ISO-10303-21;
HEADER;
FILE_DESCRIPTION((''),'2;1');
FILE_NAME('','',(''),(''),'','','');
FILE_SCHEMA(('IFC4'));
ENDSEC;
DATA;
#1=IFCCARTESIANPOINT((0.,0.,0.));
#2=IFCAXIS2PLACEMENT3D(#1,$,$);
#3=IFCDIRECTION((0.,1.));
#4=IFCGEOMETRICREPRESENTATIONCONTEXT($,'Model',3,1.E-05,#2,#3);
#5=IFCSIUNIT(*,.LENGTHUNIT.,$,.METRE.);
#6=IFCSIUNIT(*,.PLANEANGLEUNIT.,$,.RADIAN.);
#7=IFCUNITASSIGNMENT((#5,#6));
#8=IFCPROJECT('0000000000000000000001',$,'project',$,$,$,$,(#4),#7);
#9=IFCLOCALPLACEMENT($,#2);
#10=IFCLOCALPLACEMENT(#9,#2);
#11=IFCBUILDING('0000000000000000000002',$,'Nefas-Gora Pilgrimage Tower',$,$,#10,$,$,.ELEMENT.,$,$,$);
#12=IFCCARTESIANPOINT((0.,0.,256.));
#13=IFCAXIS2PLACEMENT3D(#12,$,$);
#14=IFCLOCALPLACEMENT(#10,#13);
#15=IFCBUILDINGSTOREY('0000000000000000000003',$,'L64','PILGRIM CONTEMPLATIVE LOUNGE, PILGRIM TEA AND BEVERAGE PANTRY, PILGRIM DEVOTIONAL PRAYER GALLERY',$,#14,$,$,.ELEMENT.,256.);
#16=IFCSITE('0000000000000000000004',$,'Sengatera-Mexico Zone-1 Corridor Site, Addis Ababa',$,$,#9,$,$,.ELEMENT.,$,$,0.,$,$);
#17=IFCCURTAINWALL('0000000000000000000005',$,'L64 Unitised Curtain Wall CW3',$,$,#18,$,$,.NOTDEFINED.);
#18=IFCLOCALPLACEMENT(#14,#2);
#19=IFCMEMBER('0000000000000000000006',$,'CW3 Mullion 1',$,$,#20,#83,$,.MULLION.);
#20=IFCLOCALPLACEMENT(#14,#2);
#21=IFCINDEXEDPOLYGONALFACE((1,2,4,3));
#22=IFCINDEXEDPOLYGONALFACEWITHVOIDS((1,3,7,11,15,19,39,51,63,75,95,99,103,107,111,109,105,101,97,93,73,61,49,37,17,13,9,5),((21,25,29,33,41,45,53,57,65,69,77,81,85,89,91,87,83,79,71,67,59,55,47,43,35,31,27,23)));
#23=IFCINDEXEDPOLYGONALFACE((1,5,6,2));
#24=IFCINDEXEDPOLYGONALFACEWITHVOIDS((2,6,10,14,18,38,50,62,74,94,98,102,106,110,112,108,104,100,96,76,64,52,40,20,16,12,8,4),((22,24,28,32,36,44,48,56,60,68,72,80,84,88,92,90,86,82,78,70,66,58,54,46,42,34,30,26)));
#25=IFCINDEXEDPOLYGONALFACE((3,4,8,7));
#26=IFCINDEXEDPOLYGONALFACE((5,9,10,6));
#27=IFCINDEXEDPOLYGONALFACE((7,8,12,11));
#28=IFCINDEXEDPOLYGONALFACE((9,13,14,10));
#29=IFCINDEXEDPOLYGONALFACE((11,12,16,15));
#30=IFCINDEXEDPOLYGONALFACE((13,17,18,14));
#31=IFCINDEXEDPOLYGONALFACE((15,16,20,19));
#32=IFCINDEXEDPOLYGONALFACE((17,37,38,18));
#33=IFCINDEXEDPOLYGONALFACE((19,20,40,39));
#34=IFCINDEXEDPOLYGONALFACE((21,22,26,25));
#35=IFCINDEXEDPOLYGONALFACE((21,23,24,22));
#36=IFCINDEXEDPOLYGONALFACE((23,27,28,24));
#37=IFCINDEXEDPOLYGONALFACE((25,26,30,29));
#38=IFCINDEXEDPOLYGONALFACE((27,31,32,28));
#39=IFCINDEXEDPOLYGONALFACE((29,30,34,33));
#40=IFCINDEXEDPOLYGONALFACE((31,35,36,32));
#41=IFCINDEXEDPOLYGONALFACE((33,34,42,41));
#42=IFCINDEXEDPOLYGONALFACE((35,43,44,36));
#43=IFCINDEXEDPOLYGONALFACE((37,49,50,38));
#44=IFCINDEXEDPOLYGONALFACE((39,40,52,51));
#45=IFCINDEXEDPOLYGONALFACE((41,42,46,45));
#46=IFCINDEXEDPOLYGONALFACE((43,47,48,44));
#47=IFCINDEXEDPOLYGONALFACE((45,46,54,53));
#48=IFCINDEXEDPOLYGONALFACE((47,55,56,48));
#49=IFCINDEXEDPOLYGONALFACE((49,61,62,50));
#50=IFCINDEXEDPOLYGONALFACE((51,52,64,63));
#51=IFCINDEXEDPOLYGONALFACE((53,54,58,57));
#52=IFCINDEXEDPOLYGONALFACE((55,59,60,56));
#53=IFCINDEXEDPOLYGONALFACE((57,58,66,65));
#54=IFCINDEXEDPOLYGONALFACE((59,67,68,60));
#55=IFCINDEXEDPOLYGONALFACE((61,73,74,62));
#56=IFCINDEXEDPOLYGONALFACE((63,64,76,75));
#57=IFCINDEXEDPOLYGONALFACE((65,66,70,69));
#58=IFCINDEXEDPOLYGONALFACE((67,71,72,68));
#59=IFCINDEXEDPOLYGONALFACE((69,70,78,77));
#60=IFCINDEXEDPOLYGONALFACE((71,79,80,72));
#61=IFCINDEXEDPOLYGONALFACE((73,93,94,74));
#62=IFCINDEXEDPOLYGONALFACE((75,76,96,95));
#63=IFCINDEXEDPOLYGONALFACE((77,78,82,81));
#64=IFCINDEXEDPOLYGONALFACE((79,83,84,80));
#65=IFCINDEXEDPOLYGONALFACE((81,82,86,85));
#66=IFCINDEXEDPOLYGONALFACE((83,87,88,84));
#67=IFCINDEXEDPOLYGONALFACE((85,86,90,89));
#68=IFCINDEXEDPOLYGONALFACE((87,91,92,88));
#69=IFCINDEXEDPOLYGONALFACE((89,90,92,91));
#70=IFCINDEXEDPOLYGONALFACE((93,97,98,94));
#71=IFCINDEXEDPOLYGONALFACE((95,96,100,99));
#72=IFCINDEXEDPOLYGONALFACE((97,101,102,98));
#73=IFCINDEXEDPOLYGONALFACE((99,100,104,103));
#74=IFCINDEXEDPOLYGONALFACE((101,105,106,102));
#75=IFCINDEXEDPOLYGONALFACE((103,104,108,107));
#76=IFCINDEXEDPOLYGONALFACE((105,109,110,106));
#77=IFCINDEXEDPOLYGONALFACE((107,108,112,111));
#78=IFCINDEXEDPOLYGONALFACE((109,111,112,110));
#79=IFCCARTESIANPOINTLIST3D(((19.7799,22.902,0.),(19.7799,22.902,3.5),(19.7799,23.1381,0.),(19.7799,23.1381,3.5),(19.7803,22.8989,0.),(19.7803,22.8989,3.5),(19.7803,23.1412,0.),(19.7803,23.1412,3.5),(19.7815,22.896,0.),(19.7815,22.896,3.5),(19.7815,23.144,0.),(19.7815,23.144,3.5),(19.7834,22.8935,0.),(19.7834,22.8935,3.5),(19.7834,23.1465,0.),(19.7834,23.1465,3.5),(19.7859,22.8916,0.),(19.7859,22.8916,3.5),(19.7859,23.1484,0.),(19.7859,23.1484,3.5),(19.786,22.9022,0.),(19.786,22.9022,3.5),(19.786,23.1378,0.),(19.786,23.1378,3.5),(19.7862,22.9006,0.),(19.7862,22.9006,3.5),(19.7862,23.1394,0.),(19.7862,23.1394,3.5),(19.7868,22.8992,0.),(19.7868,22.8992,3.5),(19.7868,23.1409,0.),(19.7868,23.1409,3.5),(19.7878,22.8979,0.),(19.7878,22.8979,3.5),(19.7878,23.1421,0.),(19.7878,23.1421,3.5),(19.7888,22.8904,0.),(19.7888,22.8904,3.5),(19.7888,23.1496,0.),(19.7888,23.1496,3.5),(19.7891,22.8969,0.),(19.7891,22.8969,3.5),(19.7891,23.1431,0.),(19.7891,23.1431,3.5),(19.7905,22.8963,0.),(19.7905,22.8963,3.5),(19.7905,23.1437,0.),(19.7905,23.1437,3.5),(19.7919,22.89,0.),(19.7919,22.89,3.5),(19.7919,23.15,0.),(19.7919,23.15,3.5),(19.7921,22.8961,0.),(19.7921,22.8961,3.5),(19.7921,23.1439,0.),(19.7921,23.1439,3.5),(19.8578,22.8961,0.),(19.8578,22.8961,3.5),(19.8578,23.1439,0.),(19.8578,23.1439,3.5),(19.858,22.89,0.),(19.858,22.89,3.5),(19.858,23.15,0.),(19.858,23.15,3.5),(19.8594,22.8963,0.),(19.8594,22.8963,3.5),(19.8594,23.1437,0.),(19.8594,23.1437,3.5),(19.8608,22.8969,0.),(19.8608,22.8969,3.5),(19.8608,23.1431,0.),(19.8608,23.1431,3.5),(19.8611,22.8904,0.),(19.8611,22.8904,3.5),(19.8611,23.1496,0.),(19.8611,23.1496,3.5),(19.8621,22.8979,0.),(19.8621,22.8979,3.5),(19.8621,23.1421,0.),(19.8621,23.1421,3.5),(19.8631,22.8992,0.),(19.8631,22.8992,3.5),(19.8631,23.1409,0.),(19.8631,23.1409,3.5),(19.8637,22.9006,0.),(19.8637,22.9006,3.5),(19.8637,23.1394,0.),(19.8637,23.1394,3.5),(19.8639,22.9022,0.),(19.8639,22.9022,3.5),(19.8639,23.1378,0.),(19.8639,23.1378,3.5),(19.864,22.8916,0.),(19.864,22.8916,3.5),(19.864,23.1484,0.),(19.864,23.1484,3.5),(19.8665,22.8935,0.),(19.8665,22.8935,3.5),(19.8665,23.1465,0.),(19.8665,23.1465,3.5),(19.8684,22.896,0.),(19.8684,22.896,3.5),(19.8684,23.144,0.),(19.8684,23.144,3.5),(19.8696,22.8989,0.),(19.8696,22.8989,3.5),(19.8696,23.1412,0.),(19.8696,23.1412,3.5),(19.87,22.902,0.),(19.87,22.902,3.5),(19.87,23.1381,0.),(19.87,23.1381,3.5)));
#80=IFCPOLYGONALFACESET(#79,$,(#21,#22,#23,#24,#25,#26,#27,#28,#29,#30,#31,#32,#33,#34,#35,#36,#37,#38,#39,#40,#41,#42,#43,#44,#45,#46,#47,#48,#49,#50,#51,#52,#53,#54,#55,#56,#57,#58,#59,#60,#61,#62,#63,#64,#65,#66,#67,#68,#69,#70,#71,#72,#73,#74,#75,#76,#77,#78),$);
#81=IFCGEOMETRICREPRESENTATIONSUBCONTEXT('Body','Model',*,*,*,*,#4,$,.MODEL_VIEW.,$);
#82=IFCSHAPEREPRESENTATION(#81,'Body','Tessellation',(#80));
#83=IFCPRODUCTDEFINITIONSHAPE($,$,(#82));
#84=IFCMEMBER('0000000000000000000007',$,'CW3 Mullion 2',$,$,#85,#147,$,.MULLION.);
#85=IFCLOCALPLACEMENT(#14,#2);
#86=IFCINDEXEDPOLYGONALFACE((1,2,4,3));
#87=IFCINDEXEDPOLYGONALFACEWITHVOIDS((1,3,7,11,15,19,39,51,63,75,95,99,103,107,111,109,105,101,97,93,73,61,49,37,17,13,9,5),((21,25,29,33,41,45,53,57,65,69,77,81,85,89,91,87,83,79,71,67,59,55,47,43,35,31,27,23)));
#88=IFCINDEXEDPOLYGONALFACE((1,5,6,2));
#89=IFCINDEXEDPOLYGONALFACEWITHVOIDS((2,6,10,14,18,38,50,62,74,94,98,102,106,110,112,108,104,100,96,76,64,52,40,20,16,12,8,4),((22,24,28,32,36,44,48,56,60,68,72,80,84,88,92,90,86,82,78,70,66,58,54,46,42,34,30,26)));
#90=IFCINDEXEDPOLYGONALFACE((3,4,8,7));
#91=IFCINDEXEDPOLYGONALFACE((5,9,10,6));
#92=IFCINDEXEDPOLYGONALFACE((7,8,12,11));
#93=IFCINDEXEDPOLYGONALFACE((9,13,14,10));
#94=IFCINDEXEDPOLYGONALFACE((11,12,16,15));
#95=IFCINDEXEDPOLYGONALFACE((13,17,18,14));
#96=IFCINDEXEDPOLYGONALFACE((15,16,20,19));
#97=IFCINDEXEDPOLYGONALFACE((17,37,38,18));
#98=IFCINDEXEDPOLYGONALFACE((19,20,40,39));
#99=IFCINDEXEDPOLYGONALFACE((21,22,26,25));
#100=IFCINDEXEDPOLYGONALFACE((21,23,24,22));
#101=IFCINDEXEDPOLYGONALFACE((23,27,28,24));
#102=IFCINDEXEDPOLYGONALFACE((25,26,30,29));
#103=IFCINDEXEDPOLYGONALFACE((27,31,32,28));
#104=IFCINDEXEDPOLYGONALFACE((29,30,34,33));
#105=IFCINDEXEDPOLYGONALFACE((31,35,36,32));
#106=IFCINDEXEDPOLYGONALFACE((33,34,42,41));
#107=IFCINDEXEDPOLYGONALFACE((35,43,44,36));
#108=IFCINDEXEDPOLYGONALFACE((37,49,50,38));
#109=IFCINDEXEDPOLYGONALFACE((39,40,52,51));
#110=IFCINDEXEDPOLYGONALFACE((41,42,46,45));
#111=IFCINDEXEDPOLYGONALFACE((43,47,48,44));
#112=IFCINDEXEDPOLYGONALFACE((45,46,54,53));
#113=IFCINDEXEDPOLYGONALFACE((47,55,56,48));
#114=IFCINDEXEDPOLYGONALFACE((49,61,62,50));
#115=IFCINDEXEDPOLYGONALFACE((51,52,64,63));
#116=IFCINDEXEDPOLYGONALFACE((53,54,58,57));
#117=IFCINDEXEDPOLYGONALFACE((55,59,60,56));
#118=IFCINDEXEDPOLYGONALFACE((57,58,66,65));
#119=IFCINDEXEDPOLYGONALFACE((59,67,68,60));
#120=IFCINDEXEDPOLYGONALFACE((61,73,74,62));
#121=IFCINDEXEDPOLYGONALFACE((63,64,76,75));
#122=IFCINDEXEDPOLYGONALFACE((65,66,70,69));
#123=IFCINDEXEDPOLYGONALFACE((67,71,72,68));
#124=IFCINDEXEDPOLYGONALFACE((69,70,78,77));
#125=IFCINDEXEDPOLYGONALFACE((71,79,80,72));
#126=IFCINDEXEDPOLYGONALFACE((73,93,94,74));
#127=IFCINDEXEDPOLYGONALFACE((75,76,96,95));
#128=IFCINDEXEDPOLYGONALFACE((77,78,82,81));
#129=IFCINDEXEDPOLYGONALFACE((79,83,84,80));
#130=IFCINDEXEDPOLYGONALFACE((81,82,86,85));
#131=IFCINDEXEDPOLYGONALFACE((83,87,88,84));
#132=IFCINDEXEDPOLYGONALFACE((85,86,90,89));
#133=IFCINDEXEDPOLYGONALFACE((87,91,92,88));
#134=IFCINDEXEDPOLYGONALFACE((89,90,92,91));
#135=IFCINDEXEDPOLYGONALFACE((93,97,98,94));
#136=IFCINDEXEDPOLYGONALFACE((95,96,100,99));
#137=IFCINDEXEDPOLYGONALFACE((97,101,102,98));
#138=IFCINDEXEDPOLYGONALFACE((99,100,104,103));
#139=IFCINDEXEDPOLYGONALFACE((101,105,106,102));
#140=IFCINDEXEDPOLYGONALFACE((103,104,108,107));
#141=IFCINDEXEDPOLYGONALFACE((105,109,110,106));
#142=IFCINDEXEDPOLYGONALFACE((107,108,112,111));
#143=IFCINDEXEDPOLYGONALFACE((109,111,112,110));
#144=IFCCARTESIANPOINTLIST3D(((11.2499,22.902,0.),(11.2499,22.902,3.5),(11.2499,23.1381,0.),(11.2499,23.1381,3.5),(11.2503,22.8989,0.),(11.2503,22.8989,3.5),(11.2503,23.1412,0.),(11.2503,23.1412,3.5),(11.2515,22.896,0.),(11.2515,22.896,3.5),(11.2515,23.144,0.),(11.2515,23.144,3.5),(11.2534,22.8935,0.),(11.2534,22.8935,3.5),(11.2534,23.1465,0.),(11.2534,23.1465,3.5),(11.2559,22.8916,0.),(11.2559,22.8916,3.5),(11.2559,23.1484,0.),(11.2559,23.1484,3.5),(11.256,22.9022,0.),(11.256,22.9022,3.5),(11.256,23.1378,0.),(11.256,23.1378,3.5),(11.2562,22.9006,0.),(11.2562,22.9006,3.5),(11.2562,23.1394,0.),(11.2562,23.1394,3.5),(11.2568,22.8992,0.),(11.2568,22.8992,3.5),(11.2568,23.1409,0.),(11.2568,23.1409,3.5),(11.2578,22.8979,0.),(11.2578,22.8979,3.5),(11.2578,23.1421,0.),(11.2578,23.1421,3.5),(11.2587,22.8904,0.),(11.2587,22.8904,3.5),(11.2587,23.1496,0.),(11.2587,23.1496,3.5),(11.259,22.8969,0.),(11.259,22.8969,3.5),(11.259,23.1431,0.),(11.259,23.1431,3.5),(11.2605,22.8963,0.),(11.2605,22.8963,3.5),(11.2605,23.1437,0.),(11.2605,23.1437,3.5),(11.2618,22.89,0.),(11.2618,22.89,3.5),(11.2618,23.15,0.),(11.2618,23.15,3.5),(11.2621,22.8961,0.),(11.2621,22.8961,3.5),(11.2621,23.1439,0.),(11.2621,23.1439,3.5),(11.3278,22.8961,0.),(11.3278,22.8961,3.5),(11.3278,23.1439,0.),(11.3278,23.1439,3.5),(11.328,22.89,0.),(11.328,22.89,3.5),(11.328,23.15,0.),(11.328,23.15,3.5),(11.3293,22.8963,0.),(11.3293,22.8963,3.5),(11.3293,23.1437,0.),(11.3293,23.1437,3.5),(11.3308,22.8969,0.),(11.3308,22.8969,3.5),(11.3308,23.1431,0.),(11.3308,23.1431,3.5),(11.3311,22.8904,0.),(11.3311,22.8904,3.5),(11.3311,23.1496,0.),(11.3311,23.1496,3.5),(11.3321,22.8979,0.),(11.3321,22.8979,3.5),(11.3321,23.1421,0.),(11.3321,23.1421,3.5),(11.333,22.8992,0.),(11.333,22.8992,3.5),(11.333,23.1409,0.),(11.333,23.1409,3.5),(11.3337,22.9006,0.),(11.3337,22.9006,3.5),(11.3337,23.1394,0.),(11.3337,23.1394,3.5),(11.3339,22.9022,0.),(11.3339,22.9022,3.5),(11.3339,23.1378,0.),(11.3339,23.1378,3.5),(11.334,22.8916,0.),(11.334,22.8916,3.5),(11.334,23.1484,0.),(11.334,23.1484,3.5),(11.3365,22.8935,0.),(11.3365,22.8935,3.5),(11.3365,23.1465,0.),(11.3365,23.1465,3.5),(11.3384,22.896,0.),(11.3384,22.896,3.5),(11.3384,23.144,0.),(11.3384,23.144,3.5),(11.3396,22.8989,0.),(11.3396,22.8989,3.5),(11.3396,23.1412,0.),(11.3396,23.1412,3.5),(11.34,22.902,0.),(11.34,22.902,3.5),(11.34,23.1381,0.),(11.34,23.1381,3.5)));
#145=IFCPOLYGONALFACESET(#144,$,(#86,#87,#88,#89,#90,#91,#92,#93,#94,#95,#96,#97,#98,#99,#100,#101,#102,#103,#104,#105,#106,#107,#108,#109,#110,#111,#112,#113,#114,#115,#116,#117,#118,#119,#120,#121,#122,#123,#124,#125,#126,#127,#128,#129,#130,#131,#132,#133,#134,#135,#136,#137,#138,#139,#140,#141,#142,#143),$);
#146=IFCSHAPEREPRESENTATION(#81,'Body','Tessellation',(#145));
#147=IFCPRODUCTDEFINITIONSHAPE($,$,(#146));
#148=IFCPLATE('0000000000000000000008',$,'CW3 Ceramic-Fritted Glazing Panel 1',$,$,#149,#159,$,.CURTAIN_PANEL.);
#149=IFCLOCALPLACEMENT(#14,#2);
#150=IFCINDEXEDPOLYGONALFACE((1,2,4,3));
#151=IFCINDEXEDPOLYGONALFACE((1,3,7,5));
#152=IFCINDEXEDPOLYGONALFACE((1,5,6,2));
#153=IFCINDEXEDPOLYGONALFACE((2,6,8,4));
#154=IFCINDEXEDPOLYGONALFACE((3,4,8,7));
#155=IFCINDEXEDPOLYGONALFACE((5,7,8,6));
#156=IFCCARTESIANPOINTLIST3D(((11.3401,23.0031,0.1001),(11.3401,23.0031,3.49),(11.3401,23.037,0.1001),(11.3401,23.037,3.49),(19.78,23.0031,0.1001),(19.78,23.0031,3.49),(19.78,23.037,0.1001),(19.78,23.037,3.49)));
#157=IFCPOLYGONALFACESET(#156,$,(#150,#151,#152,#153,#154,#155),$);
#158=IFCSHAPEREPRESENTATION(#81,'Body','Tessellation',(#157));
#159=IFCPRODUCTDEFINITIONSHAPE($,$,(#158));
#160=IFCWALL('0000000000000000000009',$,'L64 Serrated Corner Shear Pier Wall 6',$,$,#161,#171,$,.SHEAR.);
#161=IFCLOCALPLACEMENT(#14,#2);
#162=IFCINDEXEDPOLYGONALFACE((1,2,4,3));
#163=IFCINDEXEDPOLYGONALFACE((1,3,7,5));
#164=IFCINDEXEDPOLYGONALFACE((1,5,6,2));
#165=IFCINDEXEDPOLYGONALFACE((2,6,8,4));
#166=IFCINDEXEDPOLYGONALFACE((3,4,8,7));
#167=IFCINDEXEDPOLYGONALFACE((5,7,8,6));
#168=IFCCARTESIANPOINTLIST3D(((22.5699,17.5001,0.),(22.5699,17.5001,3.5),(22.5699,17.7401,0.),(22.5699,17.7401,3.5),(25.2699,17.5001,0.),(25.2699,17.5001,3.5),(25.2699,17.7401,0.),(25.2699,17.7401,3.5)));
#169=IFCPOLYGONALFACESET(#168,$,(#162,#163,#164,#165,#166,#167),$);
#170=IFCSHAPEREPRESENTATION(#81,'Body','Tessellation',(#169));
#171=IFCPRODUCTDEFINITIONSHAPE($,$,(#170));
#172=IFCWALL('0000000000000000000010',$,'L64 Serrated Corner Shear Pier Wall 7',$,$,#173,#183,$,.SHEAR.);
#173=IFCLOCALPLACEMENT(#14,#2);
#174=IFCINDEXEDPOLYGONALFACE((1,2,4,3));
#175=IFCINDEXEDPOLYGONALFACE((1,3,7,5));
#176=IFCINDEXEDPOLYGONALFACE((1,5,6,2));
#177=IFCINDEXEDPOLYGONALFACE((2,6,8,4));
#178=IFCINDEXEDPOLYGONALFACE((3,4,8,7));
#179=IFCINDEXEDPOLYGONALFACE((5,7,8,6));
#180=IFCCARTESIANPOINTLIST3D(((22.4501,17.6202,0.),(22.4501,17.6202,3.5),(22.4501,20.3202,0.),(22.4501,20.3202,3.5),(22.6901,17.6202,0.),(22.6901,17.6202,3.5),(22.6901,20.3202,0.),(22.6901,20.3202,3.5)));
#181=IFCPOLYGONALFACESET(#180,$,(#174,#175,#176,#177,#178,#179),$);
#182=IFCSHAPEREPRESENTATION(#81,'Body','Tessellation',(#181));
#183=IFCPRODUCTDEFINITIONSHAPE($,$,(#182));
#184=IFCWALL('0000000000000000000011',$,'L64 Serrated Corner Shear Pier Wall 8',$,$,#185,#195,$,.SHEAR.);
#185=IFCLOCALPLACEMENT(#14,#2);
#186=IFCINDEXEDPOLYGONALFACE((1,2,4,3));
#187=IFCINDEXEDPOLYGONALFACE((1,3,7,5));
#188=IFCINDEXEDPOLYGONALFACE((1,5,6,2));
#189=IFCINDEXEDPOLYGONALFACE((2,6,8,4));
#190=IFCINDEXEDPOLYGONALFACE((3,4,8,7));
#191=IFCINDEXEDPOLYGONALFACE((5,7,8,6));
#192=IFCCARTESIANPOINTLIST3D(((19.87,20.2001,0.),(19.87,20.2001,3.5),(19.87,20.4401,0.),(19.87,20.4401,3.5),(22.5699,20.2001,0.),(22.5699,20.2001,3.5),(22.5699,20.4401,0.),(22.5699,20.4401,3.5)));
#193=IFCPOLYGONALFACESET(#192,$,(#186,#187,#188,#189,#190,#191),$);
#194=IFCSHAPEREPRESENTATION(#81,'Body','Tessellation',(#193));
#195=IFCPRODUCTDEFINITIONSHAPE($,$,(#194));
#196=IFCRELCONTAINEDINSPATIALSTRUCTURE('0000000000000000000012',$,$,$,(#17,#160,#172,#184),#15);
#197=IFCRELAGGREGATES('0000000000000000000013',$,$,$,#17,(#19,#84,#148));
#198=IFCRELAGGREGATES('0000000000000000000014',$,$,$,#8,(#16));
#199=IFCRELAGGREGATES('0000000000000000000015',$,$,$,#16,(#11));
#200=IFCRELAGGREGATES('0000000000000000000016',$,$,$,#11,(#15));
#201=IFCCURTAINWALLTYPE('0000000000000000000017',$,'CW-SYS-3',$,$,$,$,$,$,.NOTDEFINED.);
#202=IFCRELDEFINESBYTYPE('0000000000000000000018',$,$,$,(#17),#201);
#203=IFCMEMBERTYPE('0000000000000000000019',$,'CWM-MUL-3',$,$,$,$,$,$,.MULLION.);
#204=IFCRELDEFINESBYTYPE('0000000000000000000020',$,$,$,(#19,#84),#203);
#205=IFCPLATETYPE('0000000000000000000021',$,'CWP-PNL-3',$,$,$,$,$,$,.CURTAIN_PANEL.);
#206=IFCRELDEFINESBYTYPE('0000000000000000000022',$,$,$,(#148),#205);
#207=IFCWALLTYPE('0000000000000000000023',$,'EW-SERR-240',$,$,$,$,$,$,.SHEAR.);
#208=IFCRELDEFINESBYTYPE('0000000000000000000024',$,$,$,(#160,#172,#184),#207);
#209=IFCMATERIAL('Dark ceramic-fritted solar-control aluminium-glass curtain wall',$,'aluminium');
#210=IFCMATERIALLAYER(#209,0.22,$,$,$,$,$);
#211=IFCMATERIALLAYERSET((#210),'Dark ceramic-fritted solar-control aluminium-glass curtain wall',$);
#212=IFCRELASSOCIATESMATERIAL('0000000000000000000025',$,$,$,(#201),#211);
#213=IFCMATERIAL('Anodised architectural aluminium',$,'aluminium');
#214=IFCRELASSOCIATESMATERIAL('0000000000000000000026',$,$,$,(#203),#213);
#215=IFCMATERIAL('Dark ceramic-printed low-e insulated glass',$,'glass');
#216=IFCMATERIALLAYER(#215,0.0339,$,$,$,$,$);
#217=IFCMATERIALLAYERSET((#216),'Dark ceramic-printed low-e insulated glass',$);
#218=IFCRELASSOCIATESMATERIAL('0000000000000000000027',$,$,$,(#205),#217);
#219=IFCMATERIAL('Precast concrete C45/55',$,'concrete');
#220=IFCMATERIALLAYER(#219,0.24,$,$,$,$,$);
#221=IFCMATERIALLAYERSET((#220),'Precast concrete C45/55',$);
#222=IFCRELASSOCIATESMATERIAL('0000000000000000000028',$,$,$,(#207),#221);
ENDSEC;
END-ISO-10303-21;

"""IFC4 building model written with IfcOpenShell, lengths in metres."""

from ifc_helpers import new_model, si_unit, direction, frame, frame_2d, origin, origin_2d, place, context, subcontext, project, spatial, rectangle, hollow_rectangle, extrude, source, transform, mapped, material, layer, layer_set, material_profile, profile_set, type_object, element, aggregate, save


model = new_model("IFC4")

# Units and contexts
model_context = context("Model", 3, precision=1e-05, world=origin(), true_north=direction((0.0, 1.0)))
body_context = subcontext(model_context, "Body", "Model", "MODEL_VIEW")
ifc_project = project(units=[si_unit("LENGTHUNIT", "METRE"), si_unit("PLANEANGLEUNIT", "RADIAN")], contexts=[model_context])

# Site, building, storey
site_placement = place(None, origin())
site = spatial("IfcSite", under=ifc_project, at=site_placement, Name="Sengatera-Mexico Zone-1 Corridor Site, Addis Ababa", CompositionType="ELEMENT", RefElevation=0.0)
building_placement = place(site_placement, origin())
building = spatial("IfcBuilding", under=site, at=building_placement, Name="Nefas-Gora Pilgrimage Tower", CompositionType="ELEMENT")
storey_placement = place(building_placement, frame((0.0, 0.0, 256.0)))
storey = spatial("IfcBuildingStorey", under=building, at=storey_placement, Name="L64", Description="PILGRIM CONTEMPLATIVE LOUNGE, PILGRIM TEA AND BEVERAGE PANTRY, PILGRIM DEVOTIONAL PRAYER GALLERY", CompositionType="ELEMENT", Elevation=256.0)

# Curtain wall
ifc_material_1 = material(Name="Dark ceramic-fritted solar-control aluminium-glass curtain wall", Category="aluminium")
ifc_layer_1 = layer(ifc_material_1, 0.22)
ifc_layer_set_1 = layer_set([ifc_layer_1], Name="Dark ceramic-fritted solar-control aluminium-glass curtain wall")
curtain_wall_type = type_object("IfcCurtainWallType", Name="CW-SYS-3", PredefinedType="NOTDEFINED", material=ifc_layer_set_1)
curtain_wall_1_placement = place(storey_placement, origin())
curtain_wall_1 = element("IfcCurtainWall", 1, at=curtain_wall_1_placement, inside=storey, type_object=curtain_wall_type, Name="L64 Unitised Curtain Wall CW3", PredefinedType="NOTDEFINED")
ifc_material_2 = material(Name="Anodised architectural aluminium", Category="aluminium")
ifc_material_profile_1 = material_profile(ifc_material_2, hollow_rectangle(XDim=0.0901, YDim=0.26, WallThickness=0.0061, InnerFilletRadius=0.0061, OuterFilletRadius=0.012, at=origin_2d()), Name="ALU MULLION 90x260")
ifc_profile_set_1 = profile_set([ifc_material_profile_1], Name="Anodised architectural aluminium")
member_type_1 = type_object("IfcMemberType", Name="CWM-MUL-3", PredefinedType="MULLION", material=ifc_profile_set_1)
shared_shape_1 = source(origin(), body_context, "Body", "SweptSolid", [
    extrude(hollow_rectangle(XDim=0.0901, YDim=0.26, WallThickness=0.0061, InnerFilletRadius=0.0061, OuterFilletRadius=0.012, at=origin_2d()), origin(), (0.0, 0.0, 1.0), 3.5),
])

# Members
member_1_placement = place(storey_placement, frame((19.825, 23.02, 0.0), z_axis=(0.0, 0.0, 1.0), x_axis=(-1.0, 0.0, 0.0)))
member_1 = element("IfcMember", 2, at=member_1_placement, type_object=member_type_1, Name="CW3 Mullion 1", PredefinedType="MULLION", context=body_context, shape_type="MappedRepresentation", body=[
    mapped(shared_shape_1, transform((0.0, 0.0, 0.0), x_axis=(1.0, 0.0, 0.0), y_axis=(0.0, 1.0, 0.0), z_axis=(0.0, 0.0, 1.0), scale=1.0)),
])
member_2_placement = place(storey_placement, frame((11.2949, 23.02, 0.0), z_axis=(0.0, 0.0, 1.0), x_axis=(-1.0, 0.0, 0.0)))
member_2 = element("IfcMember", 3, at=member_2_placement, type_object=member_type_1, Name="CW3 Mullion 2", PredefinedType="MULLION", context=body_context, shape_type="MappedRepresentation", body=[
    mapped(shared_shape_1, transform((0.0, 0.0, 0.0), x_axis=(1.0, 0.0, 0.0), y_axis=(0.0, 1.0, 0.0), z_axis=(0.0, 0.0, 1.0), scale=1.0)),
])

# Plate
ifc_material_3 = material(Name="Dark ceramic-printed low-e insulated glass", Category="glass")
ifc_layer_2 = layer(ifc_material_3, 0.0339)
ifc_layer_set_2 = layer_set([ifc_layer_2], Name="Dark ceramic-printed low-e insulated glass")
plate_type = type_object("IfcPlateType", Name="CWP-PNL-3", PredefinedType="CURTAIN_PANEL", material=ifc_layer_set_2)
shared_shape_2 = source(origin(), body_context, "Body", "SweptSolid", [
    extrude(rectangle(XDim=8.4399, YDim=0.0339, at=origin_2d()), origin(), (0.0, 0.0, 1.0), 3.3899),
])
plate_placement = place(storey_placement, frame((15.5601, 23.02, 0.1001), z_axis=(0.0, 0.0, 1.0), x_axis=(-1.0, 0.0, 0.0)))
plate = element("IfcPlate", 4, at=plate_placement, type_object=plate_type, Name="CW3 Ceramic-Fritted Glazing Panel 1", PredefinedType="CURTAIN_PANEL", context=body_context, shape_type="MappedRepresentation", body=[
    mapped(shared_shape_2, transform((0.0, 0.0, 0.0), x_axis=(1.0, 0.0, 0.0), y_axis=(0.0, 1.0, 0.0), z_axis=(0.0, 0.0, 1.0), scale=1.0)),
])
aggregate(curtain_wall_1, [member_1, member_2, plate])

# Walls
ifc_material_4 = material(Name="Precast concrete C45/55", Category="concrete")
ifc_layer_3 = layer(ifc_material_4, 0.24)
ifc_layer_set_3 = layer_set([ifc_layer_3], Name="Precast concrete C45/55")
wall_type_1 = type_object("IfcWallType", Name="EW-SERR-240", PredefinedType="SHEAR", material=ifc_layer_set_3)
shared_shape_3 = source(origin(), body_context, "Body", "SweptSolid", [
    extrude(rectangle(XDim=2.7, YDim=0.24, at=frame_2d((1.3501, 0.0))), origin(), (0.0, 0.0, 1.0), 3.5),
])
for number, where, z_axis, x_axis, name in (
    (5, (25.27, 17.6201, 0.0), (0.0, 0.0, 1.0), (-1.0, 0.0, 0.0), "L64 Serrated Corner Shear Pier Wall 6"),
    (6, (22.5701, 17.6201, 0.0), (0.0, 0.0, 1.0), (0.0, 1.0, 0.0), "L64 Serrated Corner Shear Pier Wall 7"),
    (7, (22.5701, 20.3201, 0.0), (0.0, 0.0, 1.0), (-1.0, 0.0, 0.0), "L64 Serrated Corner Shear Pier Wall 8"),
):
    element("IfcWall", number, at=place(storey_placement, frame(where, z_axis=z_axis, x_axis=x_axis)), inside=storey, type_object=wall_type_1, Name=name, PredefinedType="SHEAR", context=body_context, shape_type="MappedRepresentation", body=[
        mapped(shared_shape_3, transform((0.0, 0.0, 0.0), x_axis=(1.0, 0.0, 0.0), y_axis=(0.0, 1.0, 0.0), z_axis=(0.0, 0.0, 1.0), scale=1.0)),
    ])

save(model, "model.ifc")
